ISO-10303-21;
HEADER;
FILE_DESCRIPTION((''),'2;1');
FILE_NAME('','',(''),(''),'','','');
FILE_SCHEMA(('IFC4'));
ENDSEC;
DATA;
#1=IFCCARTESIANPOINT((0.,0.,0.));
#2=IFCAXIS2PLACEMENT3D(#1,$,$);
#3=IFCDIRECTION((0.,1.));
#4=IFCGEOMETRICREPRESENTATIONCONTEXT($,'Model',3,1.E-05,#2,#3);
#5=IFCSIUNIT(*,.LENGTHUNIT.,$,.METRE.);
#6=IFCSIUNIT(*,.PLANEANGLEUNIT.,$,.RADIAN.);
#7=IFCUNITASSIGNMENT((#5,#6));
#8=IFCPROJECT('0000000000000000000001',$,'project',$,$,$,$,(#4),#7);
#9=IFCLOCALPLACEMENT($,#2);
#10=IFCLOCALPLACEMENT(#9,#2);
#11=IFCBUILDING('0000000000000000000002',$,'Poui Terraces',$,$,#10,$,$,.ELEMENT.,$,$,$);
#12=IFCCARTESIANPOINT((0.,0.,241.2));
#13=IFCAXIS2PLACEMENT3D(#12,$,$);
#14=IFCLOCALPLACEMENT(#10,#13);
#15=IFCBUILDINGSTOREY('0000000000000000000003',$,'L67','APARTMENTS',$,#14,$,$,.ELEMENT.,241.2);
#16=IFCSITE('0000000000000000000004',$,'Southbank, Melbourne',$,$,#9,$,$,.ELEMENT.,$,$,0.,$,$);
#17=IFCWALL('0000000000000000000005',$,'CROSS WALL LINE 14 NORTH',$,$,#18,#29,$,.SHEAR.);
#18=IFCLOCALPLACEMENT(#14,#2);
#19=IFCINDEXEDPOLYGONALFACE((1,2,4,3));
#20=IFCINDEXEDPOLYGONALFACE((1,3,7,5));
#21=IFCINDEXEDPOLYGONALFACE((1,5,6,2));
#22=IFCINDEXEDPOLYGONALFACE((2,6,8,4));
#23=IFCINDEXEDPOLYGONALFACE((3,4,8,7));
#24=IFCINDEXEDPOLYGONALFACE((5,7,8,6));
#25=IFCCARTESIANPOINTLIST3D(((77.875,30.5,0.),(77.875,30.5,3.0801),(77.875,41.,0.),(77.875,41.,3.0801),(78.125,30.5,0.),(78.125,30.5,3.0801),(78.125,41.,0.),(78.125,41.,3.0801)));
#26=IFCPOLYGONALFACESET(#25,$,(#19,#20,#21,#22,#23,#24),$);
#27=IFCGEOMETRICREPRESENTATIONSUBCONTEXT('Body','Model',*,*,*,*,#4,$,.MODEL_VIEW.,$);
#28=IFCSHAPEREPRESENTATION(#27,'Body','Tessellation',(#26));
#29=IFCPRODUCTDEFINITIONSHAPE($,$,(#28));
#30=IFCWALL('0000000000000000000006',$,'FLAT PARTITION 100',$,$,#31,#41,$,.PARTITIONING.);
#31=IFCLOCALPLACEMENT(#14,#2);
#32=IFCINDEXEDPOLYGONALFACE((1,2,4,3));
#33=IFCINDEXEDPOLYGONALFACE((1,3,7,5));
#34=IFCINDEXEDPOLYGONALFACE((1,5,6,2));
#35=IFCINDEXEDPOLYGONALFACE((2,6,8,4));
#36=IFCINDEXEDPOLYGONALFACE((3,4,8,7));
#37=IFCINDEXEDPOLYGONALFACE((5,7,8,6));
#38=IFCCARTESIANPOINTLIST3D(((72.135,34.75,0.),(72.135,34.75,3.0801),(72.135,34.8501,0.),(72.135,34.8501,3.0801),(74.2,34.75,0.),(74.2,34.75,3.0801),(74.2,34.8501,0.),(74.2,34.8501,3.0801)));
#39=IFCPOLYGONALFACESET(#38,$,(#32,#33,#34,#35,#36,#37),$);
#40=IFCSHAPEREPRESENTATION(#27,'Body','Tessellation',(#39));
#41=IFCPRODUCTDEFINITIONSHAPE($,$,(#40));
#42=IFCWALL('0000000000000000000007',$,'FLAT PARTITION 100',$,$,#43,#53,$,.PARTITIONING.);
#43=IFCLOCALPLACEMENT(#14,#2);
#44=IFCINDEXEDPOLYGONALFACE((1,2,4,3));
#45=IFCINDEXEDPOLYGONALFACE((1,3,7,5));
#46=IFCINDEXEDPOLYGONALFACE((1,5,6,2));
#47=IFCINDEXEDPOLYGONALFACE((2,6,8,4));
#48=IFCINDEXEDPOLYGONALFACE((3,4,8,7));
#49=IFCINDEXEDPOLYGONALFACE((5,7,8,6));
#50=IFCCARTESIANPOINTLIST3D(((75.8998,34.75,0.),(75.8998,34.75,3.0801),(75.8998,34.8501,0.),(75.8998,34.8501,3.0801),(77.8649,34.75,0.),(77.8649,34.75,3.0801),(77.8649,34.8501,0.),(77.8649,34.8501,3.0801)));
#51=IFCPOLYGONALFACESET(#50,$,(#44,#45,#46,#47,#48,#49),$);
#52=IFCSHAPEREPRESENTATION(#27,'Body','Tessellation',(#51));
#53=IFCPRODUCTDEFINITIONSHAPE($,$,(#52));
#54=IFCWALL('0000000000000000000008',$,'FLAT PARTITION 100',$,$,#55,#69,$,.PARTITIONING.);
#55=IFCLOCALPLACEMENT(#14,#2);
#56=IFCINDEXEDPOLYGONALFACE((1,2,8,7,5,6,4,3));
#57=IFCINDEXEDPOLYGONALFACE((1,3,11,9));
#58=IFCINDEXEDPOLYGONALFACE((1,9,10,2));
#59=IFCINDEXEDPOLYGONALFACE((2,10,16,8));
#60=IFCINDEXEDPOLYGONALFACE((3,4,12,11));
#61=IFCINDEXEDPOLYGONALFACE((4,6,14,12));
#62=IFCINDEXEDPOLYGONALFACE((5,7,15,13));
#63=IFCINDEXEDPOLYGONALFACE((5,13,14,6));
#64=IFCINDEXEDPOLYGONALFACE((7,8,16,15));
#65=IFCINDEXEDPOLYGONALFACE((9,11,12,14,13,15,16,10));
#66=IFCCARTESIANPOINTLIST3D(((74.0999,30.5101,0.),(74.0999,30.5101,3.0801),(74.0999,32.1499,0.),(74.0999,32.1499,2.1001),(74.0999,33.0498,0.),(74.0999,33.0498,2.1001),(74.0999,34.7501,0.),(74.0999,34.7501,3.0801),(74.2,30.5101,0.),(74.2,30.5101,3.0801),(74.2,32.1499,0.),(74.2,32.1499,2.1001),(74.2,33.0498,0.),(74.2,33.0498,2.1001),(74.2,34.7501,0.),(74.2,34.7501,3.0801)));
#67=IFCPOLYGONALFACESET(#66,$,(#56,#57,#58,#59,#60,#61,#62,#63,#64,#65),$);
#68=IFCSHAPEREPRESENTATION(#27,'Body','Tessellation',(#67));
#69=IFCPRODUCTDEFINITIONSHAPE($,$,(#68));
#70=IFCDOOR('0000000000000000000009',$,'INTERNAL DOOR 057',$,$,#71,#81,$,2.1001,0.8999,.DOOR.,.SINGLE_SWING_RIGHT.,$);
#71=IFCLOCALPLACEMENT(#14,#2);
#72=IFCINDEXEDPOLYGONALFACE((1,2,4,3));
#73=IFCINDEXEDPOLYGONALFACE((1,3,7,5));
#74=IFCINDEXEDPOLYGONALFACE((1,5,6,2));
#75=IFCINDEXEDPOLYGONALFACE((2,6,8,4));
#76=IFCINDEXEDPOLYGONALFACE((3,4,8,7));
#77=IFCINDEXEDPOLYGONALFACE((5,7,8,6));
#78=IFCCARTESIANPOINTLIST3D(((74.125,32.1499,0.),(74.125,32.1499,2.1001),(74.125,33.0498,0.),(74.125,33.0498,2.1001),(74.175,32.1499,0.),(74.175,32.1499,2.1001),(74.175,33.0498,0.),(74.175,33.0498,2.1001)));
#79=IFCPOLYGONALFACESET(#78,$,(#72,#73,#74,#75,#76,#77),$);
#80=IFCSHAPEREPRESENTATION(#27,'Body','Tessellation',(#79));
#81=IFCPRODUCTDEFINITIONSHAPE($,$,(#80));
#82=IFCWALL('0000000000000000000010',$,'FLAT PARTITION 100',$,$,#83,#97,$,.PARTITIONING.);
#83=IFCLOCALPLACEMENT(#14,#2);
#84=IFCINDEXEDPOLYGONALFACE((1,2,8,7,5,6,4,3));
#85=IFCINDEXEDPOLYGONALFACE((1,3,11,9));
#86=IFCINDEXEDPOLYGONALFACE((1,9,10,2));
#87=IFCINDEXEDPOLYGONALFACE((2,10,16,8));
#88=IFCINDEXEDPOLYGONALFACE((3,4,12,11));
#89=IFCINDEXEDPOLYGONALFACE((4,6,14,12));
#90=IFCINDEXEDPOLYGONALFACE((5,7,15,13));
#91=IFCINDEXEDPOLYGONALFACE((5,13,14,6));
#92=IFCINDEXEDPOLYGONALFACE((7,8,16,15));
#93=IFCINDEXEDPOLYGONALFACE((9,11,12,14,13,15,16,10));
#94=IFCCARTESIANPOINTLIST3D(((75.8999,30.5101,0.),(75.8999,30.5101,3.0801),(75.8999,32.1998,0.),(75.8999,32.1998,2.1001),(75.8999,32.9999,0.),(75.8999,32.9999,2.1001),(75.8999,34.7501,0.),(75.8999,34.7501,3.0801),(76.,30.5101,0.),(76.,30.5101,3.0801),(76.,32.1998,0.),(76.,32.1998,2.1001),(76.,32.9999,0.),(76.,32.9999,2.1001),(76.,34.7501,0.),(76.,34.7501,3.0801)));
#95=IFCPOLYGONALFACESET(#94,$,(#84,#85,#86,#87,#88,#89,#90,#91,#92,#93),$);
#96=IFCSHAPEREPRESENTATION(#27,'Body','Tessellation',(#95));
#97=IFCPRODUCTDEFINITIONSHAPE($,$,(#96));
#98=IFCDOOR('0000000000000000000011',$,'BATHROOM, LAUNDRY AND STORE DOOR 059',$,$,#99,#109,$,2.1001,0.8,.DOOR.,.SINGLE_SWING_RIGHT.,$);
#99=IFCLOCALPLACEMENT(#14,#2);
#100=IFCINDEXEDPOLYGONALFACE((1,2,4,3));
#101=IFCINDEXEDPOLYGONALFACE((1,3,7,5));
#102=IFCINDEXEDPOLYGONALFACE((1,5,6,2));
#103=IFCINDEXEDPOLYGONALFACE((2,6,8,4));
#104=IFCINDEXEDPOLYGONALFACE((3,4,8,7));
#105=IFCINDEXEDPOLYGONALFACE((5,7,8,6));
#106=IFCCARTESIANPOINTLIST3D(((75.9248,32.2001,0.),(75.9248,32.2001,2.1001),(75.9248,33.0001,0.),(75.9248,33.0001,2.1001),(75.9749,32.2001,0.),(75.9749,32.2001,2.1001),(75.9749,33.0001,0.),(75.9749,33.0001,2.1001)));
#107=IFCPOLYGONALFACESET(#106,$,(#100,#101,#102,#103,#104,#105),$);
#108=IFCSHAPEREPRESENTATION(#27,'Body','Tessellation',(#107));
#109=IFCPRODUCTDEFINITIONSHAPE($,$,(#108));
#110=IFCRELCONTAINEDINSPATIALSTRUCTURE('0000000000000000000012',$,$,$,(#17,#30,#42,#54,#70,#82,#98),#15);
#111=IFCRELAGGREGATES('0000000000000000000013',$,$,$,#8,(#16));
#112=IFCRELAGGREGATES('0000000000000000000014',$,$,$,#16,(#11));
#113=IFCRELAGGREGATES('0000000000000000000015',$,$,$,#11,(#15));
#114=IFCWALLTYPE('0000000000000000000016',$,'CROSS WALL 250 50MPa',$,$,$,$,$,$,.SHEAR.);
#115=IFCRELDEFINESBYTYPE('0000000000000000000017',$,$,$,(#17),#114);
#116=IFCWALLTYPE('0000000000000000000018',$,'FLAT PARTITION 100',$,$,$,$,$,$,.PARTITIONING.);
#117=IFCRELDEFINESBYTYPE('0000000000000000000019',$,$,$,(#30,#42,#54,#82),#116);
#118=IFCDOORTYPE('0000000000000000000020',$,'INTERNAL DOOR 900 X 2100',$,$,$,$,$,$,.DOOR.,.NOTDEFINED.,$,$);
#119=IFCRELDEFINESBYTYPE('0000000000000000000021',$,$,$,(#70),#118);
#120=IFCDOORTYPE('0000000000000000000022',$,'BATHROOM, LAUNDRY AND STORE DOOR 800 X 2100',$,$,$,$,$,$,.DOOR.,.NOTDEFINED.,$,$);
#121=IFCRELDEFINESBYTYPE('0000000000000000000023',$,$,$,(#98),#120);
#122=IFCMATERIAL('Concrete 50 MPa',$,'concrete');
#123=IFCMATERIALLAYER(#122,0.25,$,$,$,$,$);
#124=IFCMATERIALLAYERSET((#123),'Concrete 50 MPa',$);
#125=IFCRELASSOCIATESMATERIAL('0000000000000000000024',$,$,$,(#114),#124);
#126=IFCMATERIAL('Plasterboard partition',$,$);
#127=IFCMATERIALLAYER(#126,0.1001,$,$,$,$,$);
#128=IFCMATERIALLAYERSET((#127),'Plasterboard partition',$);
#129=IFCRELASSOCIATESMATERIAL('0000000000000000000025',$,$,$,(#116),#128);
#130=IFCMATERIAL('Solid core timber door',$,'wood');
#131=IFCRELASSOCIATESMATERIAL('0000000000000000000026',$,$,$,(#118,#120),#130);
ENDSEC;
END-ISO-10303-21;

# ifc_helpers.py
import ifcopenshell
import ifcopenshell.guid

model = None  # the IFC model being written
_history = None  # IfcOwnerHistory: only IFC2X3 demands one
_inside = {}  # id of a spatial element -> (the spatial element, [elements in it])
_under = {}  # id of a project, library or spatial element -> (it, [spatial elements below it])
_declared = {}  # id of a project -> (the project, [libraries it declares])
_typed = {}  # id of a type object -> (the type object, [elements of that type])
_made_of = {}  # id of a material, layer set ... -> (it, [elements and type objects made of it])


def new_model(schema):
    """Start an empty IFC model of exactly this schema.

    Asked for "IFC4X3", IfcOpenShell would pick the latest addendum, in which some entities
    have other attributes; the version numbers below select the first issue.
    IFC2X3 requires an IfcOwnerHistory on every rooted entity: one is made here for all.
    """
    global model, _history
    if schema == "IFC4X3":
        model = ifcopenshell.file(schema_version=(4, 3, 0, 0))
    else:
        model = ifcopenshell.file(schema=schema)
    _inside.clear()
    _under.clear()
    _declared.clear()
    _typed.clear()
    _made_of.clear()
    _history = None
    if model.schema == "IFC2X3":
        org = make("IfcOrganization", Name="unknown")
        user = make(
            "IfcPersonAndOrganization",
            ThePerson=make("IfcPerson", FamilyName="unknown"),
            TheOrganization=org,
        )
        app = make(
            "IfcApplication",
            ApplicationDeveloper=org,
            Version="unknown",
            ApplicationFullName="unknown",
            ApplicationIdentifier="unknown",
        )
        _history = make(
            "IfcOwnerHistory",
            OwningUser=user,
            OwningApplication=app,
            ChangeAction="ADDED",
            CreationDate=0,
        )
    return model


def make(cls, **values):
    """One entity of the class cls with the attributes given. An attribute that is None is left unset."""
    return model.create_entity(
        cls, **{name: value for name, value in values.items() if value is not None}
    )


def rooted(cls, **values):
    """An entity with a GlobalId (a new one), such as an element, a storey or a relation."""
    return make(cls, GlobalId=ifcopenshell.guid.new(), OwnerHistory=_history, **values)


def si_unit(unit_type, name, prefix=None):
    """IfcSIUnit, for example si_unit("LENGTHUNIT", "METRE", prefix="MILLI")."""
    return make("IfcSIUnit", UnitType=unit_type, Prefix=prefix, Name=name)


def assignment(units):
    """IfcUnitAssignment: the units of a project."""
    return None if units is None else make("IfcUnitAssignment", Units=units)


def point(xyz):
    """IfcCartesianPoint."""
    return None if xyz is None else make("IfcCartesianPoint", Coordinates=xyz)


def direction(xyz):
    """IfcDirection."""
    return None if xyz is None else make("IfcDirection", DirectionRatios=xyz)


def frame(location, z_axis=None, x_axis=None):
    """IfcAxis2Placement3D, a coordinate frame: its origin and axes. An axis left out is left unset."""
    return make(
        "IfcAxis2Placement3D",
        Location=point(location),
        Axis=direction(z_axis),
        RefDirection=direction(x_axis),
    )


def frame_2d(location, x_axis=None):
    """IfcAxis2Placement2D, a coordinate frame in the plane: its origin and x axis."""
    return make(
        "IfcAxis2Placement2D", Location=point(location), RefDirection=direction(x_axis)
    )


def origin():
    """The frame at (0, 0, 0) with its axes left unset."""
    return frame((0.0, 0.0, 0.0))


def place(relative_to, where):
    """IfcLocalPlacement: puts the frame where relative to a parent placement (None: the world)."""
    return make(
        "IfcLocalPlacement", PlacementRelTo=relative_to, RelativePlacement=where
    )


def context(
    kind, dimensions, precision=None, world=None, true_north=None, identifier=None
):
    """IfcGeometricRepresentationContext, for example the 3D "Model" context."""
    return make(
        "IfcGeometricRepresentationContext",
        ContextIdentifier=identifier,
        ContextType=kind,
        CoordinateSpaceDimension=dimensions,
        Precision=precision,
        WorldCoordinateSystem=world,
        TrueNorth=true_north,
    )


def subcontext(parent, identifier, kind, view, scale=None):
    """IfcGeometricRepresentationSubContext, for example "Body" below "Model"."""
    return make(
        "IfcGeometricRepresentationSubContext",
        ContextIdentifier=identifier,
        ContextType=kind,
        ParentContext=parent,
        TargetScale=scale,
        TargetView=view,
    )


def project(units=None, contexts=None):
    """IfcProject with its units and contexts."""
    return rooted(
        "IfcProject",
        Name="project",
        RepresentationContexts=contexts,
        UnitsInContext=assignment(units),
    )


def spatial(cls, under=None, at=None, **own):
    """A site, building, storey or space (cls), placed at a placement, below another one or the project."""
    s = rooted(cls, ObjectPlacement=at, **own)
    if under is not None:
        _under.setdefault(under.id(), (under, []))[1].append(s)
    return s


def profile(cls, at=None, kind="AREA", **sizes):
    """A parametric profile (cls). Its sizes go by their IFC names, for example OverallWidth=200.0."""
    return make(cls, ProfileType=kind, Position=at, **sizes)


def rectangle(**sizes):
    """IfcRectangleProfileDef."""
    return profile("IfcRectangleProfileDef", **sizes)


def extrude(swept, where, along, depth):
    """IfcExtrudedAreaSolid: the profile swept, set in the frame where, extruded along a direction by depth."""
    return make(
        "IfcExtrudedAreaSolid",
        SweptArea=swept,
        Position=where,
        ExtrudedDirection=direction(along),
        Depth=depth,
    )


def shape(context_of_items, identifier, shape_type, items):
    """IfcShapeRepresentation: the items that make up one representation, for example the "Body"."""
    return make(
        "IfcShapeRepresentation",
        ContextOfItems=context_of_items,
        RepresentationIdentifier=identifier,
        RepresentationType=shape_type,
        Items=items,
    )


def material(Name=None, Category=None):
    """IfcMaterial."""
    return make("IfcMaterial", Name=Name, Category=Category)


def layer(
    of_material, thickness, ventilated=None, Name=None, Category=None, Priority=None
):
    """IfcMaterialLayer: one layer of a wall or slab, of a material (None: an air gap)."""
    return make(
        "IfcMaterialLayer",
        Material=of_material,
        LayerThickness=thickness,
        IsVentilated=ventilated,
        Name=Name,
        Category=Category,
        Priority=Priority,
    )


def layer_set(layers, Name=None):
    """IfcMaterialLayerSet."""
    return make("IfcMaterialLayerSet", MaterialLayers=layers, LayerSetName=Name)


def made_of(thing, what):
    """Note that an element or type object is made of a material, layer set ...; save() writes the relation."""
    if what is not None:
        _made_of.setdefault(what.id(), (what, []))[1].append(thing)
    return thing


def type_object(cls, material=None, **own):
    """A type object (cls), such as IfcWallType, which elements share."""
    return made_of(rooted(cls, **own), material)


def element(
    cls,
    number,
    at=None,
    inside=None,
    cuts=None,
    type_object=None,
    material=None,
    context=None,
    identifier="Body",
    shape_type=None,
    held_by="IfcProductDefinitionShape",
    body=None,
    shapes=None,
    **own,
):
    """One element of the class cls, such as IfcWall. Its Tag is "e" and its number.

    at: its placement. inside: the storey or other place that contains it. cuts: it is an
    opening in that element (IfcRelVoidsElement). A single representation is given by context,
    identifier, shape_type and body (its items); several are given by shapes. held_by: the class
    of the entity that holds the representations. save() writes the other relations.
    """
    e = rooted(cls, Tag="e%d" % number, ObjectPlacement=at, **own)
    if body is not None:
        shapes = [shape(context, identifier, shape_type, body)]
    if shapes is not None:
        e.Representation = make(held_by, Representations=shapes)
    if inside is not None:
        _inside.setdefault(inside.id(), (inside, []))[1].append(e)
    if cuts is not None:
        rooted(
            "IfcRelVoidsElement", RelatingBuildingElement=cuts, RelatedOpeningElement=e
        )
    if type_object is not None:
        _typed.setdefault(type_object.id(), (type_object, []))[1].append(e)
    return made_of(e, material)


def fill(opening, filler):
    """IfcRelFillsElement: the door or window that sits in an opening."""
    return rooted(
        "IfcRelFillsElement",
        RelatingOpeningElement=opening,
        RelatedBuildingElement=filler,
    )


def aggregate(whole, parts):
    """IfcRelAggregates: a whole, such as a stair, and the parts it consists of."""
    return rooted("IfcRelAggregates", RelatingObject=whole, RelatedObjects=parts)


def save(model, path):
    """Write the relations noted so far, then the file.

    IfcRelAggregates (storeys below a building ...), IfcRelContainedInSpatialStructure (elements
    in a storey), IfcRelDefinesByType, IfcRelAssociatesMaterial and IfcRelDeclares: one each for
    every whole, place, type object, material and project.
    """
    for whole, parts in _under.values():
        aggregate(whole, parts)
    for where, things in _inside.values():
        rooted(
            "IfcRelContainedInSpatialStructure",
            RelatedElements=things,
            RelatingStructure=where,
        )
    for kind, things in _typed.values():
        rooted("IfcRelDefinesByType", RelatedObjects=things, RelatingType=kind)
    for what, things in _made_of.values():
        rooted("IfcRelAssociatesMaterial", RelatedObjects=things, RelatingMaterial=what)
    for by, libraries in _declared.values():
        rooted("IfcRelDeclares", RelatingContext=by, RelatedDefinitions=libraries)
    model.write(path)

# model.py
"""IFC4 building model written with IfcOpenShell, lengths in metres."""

from ifc_helpers import new_model, si_unit, direction, frame, frame_2d, origin, place, context, subcontext, project, spatial, rectangle, extrude, material, layer, layer_set, type_object, element, fill, save


model = new_model("IFC4")

# Units and contexts
model_context = context("Model", 3, precision=1e-05, world=origin(), true_north=direction((0.0, 1.0)))
body_context = subcontext(model_context, "Body", "Model", "MODEL_VIEW")
ifc_project = project(units=[si_unit("LENGTHUNIT", "METRE"), si_unit("PLANEANGLEUNIT", "RADIAN")], contexts=[model_context])

# Site, building, storey
site_placement = place(None, origin())
site = spatial("IfcSite", under=ifc_project, at=site_placement, Name="Southbank, Melbourne", CompositionType="ELEMENT", RefElevation=0.0)
building_placement = place(site_placement, origin())
building = spatial("IfcBuilding", under=site, at=building_placement, Name="Poui Terraces", CompositionType="ELEMENT")
storey_placement = place(building_placement, frame((0.0, 0.0, 241.2)))
storey = spatial("IfcBuildingStorey", under=building, at=storey_placement, Name="L67", Description="APARTMENTS", CompositionType="ELEMENT", Elevation=241.2)

# Walls
ifc_material_1 = material(Name="Concrete 50 MPa", Category="concrete")
ifc_layer_1 = layer(ifc_material_1, 0.25)
ifc_layer_set_1 = layer_set([ifc_layer_1], Name="Concrete 50 MPa")
wall_type_1 = type_object("IfcWallType", Name="CROSS WALL 250 50MPa", PredefinedType="SHEAR", material=ifc_layer_set_1)
wall_1_placement = place(storey_placement, frame((78.0, 30.5, 0.0), z_axis=(0.0, 0.0, 1.0), x_axis=(0.0, 1.0, 0.0)))
element("IfcWall", 1, at=wall_1_placement, inside=storey, type_object=wall_type_1, Name="CROSS WALL LINE 14 NORTH", PredefinedType="SHEAR", context=body_context, shape_type="SweptSolid", body=[
    extrude(rectangle(XDim=10.5, YDim=0.25, at=frame_2d((5.25, 0.0))), origin(), (0.0, 0.0, 1.0), 3.0801),
])
ifc_material_2 = material(Name="Plasterboard partition")
ifc_layer_2 = layer(ifc_material_2, 0.1001)
ifc_layer_set_2 = layer_set([ifc_layer_2], Name="Plasterboard partition")
wall_type_2 = type_object("IfcWallType", Name="FLAT PARTITION 100", PredefinedType="PARTITIONING", material=ifc_layer_set_2)
wall_2_placement = place(storey_placement, frame((72.135, 34.8, 0.0), z_axis=(0.0, 0.0, 1.0), x_axis=(1.0, 0.0, 0.0)))
element("IfcWall", 2, at=wall_2_placement, inside=storey, type_object=wall_type_2, Name="FLAT PARTITION 100", PredefinedType="PARTITIONING", context=body_context, shape_type="SweptSolid", body=[
    extrude(rectangle(XDim=2.0649, YDim=0.1001, at=frame_2d((1.0325, 0.0))), origin(), (0.0, 0.0, 1.0), 3.0801),
])
wall_3_placement = place(storey_placement, frame((75.8999, 34.8, 0.0), z_axis=(0.0, 0.0, 1.0), x_axis=(1.0, 0.0, 0.0)))
element("IfcWall", 3, at=wall_3_placement, inside=storey, type_object=wall_type_2, Name="FLAT PARTITION 100", PredefinedType="PARTITIONING", context=body_context, shape_type="SweptSolid", body=[
    extrude(rectangle(XDim=1.9651, YDim=0.1001, at=frame_2d((0.9824, 0.0))), origin(), (0.0, 0.0, 1.0), 3.0801),
])

# Walls, openings, doors
wall_4_placement = place(storey_placement, frame((74.1499, 30.51, 0.0), z_axis=(0.0, 0.0, 1.0), x_axis=(0.0, 1.0, 0.0)))
wall_4 = element("IfcWall", 4, at=wall_4_placement, inside=storey, type_object=wall_type_2, Name="FLAT PARTITION 100", PredefinedType="PARTITIONING", context=body_context, shape_type="SweptSolid", body=[
    extrude(rectangle(XDim=4.24, YDim=0.1001, at=frame_2d((2.1201, 0.0))), origin(), (0.0, 0.0, 1.0), 3.0801),
])
opening_1_placement = place(wall_4_placement, frame((1.6399, 0.0, 0.0)))
opening_1 = element("IfcOpeningElement", 5, at=opening_1_placement, cuts=wall_4, PredefinedType="OPENING", context=body_context, shape_type="SweptSolid", body=[
    extrude(rectangle(XDim=0.8999, YDim=2.1001, at=frame_2d((0.45, 1.05))), frame((0.0, 0.0601, 0.0), z_axis=(0.0, -1.0, 0.0), x_axis=(1.0, 0.0, 0.0)), (0.0, 0.0, 1.0), 0.1201),
])
ifc_material_3 = material(Name="Solid core timber door", Category="wood")
door_type_1 = type_object("IfcDoorType", Name="INTERNAL DOOR 900 X 2100", OperationType="NOTDEFINED", PredefinedType="DOOR", material=ifc_material_3)
door_1_placement = place(opening_1_placement, origin())
door_1 = element("IfcDoor", 6, at=door_1_placement, inside=storey, type_object=door_type_1, Name="INTERNAL DOOR 057", OperationType="SINGLE_SWING_RIGHT", OverallHeight=2.1001, OverallWidth=0.8999, PredefinedType="DOOR", context=body_context, shape_type="SweptSolid", body=[
    extrude(rectangle(XDim=0.8999, YDim=2.1001, at=frame_2d((0.45, 1.05))), frame((0.0, 0.0249, 0.0), z_axis=(0.0, -1.0, 0.0), x_axis=(1.0, 0.0, 0.0)), (0.0, 0.0, 1.0), 0.05),
])
fill(opening_1, door_1)
wall_5_placement = place(storey_placement, frame((75.95, 30.51, 0.0), z_axis=(0.0, 0.0, 1.0), x_axis=(0.0, 1.0, 0.0)))
wall_5 = element("IfcWall", 7, at=wall_5_placement, inside=storey, type_object=wall_type_2, Name="FLAT PARTITION 100", PredefinedType="PARTITIONING", context=body_context, shape_type="SweptSolid", body=[
    extrude(rectangle(XDim=4.24, YDim=0.1001, at=frame_2d((2.1201, 0.0))), origin(), (0.0, 0.0, 1.0), 3.0801),
])
opening_2_placement = place(wall_5_placement, frame((1.6899, 0.0, 0.0)))
opening_2 = element("IfcOpeningElement", 8, at=opening_2_placement, cuts=wall_5, PredefinedType="OPENING", context=body_context, shape_type="SweptSolid", body=[
    extrude(rectangle(XDim=0.8, YDim=2.1001, at=frame_2d((0.3999, 1.05))), frame((0.0, 0.0601, 0.0), z_axis=(0.0, -1.0, 0.0), x_axis=(1.0, 0.0, 0.0)), (0.0, 0.0, 1.0), 0.1201),
])
door_type_2 = type_object("IfcDoorType", Name="BATHROOM, LAUNDRY AND STORE DOOR 800 X 2100", OperationType="NOTDEFINED", PredefinedType="DOOR", material=ifc_material_3)
door_2_placement = place(opening_2_placement, frame((0.8, 0.0, 0.0), z_axis=(0.0, 0.0, 1.0), x_axis=(-1.0, 0.0, 0.0)))
door_2 = element("IfcDoor", 9, at=door_2_placement, inside=storey, type_object=door_type_2, Name="BATHROOM, LAUNDRY AND STORE DOOR 059", OperationType="SINGLE_SWING_RIGHT", OverallHeight=2.1001, OverallWidth=0.8, PredefinedType="DOOR", context=body_context, shape_type="SweptSolid", body=[
    extrude(rectangle(XDim=0.8, YDim=2.1001, at=frame_2d((0.3999, 1.05))), frame((0.0, 0.0249, 0.0), z_axis=(0.0, -1.0, 0.0), x_axis=(1.0, 0.0, 0.0)), (0.0, 0.0, 1.0), 0.05),
])
fill(opening_2, door_2)

save(model, "model.ifc")
